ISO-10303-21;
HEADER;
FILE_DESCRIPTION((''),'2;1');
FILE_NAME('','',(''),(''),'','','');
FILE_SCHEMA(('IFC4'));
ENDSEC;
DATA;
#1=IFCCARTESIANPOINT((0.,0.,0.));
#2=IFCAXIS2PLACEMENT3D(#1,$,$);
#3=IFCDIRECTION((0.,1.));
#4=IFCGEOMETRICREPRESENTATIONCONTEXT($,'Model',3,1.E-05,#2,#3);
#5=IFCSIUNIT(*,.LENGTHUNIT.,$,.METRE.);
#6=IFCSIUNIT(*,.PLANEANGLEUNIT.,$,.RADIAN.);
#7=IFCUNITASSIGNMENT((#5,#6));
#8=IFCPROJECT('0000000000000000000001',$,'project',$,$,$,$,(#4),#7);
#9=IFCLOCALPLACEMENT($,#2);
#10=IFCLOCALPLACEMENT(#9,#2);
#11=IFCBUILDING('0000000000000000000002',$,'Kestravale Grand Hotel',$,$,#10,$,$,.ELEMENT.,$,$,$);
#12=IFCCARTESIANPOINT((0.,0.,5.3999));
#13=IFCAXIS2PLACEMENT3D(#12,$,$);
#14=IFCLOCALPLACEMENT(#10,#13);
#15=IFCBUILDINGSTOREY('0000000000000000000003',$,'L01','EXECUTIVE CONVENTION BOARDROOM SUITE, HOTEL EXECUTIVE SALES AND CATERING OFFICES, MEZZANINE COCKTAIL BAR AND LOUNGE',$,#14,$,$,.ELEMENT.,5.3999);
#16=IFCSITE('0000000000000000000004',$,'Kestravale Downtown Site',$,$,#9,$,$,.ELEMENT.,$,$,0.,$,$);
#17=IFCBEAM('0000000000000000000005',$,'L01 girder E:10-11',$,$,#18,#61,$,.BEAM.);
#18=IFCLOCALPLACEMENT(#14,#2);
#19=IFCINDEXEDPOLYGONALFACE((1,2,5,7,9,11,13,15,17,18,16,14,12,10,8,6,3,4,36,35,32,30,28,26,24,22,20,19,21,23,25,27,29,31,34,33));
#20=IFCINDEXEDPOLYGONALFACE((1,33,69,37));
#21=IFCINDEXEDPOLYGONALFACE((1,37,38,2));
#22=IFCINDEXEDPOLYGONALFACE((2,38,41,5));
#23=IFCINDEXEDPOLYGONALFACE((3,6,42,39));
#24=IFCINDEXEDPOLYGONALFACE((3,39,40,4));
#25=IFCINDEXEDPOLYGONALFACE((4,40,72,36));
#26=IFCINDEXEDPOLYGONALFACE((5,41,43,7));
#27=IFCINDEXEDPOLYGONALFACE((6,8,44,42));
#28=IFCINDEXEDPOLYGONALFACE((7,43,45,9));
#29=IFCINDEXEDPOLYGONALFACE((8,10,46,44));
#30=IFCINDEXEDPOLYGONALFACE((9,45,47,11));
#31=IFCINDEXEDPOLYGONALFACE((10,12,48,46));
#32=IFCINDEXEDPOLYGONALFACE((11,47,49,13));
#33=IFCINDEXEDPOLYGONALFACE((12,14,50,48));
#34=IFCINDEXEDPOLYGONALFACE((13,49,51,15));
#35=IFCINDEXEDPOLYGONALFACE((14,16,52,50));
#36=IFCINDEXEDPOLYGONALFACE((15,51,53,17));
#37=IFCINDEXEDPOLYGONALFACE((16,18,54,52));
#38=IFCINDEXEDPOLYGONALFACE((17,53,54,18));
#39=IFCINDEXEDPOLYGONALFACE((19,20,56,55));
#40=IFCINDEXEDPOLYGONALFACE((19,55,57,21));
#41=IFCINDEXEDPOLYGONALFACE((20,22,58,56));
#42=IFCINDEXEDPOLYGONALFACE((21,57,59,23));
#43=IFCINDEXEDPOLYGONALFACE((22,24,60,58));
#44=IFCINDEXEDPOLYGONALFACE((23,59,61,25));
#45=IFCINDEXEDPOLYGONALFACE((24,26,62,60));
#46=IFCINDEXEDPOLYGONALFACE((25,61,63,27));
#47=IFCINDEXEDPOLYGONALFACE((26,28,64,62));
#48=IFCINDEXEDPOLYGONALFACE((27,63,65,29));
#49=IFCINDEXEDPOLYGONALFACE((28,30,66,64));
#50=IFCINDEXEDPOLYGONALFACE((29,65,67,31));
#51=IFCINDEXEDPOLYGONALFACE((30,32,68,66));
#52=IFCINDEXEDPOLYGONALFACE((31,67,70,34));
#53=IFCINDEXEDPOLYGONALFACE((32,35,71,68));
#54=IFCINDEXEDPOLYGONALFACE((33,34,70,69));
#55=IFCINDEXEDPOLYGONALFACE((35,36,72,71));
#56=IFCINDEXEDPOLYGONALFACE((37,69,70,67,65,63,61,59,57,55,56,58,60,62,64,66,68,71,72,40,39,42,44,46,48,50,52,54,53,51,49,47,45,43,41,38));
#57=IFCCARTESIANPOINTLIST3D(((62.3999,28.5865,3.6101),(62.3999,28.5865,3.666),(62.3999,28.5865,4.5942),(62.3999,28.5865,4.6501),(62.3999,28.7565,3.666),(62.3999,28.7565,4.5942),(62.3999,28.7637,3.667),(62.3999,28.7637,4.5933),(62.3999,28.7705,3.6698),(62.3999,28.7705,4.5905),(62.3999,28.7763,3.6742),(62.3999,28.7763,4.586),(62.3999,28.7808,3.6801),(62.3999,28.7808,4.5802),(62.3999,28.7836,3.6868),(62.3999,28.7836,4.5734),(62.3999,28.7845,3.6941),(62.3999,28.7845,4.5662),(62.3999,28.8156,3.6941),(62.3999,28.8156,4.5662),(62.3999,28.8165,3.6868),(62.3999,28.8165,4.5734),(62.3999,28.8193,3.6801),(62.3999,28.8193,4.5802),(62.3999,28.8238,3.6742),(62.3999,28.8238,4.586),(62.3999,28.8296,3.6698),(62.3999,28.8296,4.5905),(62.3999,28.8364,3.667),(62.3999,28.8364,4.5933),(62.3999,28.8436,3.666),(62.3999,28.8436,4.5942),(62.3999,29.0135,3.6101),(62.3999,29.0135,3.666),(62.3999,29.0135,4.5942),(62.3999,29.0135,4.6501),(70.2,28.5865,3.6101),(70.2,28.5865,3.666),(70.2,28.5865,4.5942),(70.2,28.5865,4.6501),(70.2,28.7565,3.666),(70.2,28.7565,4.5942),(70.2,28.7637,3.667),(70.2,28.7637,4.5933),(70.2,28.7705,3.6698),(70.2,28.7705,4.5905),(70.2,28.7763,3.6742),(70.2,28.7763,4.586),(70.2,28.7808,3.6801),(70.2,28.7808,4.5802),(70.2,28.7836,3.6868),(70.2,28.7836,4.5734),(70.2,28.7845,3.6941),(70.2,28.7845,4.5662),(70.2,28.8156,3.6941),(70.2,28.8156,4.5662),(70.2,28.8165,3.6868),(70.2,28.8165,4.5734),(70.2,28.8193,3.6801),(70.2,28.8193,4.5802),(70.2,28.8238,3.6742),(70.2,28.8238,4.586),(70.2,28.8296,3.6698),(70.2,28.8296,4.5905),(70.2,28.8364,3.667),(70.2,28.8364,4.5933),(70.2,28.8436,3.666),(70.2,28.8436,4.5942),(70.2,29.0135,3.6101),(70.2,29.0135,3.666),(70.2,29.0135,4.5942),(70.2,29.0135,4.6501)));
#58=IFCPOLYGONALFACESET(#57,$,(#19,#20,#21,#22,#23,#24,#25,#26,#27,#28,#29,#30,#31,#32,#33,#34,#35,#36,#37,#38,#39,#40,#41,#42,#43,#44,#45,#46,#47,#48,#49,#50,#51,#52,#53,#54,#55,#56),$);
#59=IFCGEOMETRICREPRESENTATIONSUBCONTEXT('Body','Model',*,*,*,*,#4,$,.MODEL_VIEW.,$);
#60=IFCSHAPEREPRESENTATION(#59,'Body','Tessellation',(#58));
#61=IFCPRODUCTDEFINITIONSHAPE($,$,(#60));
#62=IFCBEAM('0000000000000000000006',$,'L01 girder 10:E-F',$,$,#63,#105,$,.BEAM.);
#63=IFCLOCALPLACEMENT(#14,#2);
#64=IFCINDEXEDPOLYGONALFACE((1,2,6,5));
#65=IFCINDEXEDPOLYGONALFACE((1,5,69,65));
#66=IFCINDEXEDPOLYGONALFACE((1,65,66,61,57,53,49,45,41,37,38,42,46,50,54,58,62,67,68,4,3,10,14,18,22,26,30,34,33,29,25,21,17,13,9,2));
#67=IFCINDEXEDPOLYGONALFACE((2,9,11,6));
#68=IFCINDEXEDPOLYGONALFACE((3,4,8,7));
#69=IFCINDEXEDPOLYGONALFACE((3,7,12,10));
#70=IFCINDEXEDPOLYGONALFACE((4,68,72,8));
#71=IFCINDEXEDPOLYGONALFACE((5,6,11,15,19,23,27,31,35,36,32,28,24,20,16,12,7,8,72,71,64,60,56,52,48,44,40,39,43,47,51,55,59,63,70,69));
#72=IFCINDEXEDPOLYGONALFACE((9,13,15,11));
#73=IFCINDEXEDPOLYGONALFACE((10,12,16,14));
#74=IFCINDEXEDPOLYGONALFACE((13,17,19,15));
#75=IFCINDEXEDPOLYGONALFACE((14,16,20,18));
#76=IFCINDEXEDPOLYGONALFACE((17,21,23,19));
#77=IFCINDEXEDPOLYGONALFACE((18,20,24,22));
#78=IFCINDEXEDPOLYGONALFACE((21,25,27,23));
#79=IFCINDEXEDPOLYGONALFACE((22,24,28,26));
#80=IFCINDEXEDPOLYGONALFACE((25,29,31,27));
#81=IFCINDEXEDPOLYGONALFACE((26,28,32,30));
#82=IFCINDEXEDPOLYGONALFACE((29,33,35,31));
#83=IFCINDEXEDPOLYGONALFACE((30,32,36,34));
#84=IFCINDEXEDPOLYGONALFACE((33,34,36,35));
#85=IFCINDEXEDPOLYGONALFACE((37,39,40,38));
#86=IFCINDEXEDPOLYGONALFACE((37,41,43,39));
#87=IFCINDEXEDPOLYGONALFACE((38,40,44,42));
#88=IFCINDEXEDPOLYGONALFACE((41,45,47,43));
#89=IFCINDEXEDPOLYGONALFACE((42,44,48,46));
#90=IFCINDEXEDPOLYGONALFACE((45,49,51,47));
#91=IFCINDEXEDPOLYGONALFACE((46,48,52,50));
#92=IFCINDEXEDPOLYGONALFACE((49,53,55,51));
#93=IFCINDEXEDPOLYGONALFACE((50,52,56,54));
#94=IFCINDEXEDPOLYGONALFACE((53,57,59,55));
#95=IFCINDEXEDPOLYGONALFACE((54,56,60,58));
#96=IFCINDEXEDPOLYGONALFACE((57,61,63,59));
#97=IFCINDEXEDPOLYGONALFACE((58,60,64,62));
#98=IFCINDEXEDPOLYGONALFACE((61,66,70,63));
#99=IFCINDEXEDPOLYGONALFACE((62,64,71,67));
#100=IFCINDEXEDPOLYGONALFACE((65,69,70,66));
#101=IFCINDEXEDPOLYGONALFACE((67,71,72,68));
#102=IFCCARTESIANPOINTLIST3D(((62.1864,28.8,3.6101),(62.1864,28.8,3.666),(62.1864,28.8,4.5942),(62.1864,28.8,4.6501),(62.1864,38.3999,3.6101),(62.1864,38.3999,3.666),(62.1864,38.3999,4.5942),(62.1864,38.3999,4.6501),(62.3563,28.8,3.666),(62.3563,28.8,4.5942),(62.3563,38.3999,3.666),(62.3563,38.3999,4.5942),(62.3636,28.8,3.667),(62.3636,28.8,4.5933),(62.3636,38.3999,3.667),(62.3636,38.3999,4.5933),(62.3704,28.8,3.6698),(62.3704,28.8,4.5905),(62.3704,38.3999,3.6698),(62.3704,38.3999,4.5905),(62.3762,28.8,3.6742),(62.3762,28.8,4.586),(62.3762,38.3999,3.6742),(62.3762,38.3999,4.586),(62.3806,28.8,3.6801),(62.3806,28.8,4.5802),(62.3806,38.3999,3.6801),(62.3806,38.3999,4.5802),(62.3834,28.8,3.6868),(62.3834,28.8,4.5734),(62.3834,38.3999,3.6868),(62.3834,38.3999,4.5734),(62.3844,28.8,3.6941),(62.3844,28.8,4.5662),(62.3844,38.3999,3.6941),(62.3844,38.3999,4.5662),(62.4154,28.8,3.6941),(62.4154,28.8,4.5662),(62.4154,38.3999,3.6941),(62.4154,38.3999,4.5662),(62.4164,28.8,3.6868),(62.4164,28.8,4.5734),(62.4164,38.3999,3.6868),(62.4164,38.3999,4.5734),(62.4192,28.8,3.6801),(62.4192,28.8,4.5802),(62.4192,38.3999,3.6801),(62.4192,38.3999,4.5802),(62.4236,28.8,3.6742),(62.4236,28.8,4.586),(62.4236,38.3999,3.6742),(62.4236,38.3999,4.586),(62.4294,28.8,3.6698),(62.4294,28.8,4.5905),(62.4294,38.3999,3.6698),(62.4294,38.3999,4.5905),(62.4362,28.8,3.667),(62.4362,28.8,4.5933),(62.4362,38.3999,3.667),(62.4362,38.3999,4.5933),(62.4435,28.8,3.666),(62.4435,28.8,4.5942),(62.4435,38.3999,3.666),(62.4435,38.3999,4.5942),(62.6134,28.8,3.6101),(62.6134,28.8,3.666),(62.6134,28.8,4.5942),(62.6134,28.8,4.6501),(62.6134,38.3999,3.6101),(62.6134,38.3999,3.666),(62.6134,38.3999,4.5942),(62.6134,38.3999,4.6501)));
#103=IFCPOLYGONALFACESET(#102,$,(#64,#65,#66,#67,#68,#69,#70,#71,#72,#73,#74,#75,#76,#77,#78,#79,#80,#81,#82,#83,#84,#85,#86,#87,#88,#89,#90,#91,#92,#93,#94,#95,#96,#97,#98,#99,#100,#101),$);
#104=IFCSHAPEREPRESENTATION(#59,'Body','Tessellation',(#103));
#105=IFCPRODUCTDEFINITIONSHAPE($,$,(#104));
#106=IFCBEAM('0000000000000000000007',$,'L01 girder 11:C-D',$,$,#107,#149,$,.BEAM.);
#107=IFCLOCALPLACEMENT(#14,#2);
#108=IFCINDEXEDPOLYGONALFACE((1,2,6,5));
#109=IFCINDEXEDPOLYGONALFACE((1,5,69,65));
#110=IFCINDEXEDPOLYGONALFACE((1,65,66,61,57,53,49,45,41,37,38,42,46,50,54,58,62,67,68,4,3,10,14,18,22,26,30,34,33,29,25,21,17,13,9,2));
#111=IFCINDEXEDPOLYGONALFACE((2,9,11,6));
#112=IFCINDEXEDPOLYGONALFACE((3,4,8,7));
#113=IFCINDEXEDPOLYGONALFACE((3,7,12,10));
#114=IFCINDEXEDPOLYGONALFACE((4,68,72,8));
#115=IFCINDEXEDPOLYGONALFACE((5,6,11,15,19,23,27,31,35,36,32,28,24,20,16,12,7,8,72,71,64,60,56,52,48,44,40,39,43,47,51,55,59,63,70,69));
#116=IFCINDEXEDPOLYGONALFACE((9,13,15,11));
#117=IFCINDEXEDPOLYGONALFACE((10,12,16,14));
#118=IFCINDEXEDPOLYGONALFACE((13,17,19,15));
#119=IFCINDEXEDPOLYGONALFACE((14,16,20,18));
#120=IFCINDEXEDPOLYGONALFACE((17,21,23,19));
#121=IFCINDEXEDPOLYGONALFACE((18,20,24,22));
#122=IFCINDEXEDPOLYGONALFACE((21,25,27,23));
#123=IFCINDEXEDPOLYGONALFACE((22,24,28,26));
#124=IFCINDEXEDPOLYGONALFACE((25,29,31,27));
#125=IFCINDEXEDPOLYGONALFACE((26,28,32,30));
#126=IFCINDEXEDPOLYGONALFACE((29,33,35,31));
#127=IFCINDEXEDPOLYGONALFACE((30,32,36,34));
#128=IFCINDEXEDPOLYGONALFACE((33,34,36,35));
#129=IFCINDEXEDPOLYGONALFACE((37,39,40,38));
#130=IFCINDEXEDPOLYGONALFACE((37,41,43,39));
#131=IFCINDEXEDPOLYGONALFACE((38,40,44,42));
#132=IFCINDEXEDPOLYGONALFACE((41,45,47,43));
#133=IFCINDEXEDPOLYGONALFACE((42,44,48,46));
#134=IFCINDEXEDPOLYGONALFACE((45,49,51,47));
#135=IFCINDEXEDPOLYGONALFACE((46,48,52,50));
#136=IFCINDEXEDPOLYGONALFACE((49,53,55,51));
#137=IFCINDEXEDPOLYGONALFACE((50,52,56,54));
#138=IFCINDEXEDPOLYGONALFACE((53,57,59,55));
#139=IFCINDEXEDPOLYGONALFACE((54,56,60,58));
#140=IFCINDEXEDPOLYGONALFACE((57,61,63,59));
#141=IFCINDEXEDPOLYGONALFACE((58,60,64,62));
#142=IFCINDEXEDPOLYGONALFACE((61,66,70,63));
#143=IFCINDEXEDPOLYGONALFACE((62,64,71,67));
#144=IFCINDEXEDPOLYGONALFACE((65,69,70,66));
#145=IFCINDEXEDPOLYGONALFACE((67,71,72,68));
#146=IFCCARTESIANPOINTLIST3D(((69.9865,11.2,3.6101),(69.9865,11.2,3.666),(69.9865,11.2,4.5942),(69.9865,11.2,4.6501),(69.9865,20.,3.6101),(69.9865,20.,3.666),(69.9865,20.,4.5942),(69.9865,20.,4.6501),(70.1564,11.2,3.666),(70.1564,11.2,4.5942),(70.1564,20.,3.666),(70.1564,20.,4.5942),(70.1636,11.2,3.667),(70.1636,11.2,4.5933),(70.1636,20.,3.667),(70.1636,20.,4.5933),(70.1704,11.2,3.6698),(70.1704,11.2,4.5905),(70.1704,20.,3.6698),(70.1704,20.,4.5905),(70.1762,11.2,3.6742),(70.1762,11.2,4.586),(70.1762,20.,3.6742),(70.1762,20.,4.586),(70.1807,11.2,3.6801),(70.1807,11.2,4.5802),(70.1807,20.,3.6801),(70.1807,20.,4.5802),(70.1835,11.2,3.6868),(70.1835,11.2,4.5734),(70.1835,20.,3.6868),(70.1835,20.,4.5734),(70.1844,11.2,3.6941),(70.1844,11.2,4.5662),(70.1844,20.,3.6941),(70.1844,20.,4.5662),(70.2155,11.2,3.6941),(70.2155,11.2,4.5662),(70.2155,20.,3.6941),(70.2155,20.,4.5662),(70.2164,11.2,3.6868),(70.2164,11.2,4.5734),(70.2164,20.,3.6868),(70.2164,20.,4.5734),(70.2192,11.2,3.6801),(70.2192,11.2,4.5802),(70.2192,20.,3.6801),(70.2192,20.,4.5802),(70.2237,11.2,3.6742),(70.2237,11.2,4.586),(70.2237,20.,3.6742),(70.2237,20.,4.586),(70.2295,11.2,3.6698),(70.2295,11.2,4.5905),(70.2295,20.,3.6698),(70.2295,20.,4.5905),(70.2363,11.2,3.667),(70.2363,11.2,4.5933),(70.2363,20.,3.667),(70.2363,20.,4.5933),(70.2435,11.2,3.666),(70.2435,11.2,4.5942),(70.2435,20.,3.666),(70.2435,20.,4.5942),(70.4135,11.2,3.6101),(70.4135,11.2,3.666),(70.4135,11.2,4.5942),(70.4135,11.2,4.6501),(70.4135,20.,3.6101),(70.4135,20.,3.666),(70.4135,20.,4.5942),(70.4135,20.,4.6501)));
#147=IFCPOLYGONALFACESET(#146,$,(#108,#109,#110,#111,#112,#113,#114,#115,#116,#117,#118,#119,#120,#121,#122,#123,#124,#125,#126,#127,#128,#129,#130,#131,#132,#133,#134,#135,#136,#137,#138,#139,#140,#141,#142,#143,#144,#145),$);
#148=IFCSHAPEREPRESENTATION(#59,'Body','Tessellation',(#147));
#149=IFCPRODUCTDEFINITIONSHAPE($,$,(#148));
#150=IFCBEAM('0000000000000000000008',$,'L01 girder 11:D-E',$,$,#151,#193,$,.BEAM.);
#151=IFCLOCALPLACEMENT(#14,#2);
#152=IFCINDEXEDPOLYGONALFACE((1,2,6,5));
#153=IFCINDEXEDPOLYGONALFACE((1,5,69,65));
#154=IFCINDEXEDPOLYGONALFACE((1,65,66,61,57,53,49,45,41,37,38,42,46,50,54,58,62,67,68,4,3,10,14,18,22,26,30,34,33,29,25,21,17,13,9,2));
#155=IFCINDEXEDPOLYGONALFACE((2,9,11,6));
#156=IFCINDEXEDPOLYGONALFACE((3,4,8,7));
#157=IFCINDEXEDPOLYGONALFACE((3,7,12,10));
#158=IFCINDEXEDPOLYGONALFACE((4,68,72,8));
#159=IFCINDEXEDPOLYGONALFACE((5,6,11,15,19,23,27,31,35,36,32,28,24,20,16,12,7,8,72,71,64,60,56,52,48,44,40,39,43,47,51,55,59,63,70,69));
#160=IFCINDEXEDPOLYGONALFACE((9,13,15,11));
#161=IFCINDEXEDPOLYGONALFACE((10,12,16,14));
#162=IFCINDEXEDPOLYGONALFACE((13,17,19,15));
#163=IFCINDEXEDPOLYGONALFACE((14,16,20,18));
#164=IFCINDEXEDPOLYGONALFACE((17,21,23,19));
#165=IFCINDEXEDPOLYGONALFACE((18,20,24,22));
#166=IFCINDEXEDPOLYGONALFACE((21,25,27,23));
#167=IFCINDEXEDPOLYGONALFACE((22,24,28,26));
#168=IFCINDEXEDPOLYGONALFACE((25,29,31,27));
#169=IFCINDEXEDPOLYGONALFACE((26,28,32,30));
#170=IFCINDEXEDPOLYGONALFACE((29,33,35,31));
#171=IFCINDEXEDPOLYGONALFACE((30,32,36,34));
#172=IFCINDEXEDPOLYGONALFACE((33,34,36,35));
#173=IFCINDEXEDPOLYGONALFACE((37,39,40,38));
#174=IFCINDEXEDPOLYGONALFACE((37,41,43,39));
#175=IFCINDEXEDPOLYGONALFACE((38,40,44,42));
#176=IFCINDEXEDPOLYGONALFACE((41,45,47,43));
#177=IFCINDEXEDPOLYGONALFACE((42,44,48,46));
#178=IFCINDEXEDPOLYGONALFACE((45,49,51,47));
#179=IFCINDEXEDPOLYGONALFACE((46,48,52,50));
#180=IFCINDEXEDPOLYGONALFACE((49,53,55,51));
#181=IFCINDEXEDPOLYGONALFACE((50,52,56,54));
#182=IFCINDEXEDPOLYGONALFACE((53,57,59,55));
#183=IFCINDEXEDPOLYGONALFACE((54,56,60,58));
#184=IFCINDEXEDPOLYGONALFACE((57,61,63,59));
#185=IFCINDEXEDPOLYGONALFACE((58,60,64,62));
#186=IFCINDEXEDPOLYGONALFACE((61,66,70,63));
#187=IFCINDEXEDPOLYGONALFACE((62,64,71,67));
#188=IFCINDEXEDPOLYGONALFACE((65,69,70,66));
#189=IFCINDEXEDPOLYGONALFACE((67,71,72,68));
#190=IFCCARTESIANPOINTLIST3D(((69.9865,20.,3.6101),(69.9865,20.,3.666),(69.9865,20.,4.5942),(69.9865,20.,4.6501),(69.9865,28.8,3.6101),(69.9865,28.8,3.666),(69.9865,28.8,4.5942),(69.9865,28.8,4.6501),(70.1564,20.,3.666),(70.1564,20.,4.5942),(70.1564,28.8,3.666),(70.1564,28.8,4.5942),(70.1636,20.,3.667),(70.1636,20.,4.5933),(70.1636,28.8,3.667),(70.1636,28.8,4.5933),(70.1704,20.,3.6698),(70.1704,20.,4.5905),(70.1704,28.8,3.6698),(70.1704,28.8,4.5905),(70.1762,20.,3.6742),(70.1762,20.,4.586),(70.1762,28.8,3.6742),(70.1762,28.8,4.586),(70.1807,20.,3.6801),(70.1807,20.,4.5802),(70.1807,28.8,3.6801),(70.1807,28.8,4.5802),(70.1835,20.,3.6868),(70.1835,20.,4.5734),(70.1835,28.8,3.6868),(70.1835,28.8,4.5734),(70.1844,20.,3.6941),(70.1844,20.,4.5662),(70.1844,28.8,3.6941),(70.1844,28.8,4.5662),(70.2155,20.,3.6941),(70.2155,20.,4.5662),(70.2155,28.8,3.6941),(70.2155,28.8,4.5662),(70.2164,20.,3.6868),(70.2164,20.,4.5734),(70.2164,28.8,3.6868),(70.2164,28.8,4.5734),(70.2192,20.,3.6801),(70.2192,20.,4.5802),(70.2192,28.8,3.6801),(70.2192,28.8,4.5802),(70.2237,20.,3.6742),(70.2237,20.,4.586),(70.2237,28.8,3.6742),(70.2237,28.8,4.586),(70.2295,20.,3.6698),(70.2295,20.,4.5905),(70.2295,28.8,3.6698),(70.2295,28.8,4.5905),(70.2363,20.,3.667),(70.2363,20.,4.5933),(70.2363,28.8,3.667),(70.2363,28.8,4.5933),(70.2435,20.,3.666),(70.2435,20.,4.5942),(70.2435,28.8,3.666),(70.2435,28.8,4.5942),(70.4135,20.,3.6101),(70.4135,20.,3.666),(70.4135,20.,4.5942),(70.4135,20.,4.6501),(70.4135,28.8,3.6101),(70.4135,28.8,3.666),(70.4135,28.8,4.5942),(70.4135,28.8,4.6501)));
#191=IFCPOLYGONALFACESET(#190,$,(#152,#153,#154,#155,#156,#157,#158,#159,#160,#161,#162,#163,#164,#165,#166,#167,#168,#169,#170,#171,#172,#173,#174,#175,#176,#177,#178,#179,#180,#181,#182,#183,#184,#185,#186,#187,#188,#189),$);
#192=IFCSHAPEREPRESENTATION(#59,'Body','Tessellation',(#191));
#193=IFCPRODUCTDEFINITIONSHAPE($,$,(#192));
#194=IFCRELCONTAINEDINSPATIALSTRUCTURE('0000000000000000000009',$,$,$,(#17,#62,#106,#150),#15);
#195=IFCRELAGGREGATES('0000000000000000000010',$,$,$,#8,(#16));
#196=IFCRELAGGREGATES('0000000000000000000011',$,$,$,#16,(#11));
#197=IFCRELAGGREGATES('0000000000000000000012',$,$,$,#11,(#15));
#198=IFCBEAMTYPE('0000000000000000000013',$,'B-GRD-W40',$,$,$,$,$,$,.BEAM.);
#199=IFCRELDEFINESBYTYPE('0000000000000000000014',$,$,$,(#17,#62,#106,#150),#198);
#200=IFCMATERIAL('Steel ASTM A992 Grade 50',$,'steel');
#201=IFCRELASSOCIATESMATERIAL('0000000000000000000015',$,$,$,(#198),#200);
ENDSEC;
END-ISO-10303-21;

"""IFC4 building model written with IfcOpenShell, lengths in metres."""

from ifc_helpers import new_model, si_unit, direction, frame, origin, origin_2d, place, context, subcontext, project, spatial, i_section, extrude, material, material_profile, profile_set, type_object, element, save


model = new_model("IFC4")

# Units and contexts
model_context = context("Model", 3, precision=1e-05, world=origin(), true_north=direction((0.0, 1.0)))
body_context = subcontext(model_context, "Body", "Model", "MODEL_VIEW")
ifc_project = project(units=[si_unit("LENGTHUNIT", "METRE"), si_unit("PLANEANGLEUNIT", "RADIAN")], contexts=[model_context])

# Site, building, storey
site_placement = place(None, origin())
site = spatial("IfcSite", under=ifc_project, at=site_placement, Name="Kestravale Downtown Site", CompositionType="ELEMENT", RefElevation=0.0)
building_placement = place(site_placement, origin())
building = spatial("IfcBuilding", under=site, at=building_placement, Name="Kestravale Grand Hotel", CompositionType="ELEMENT")
storey_placement = place(building_placement, frame((0.0, 0.0, 5.3999)))
storey = spatial("IfcBuildingStorey", under=building, at=storey_placement, Name="L01", Description="EXECUTIVE CONVENTION BOARDROOM SUITE, HOTEL EXECUTIVE SALES AND CATERING OFFICES, MEZZANINE COCKTAIL BAR AND LOUNGE", CompositionType="ELEMENT", Elevation=5.3999)

# Beams
ifc_material_1 = material(Name="Steel ASTM A992 Grade 50", Category="steel")
ifc_material_profile_1 = material_profile(ifc_material_1, i_section(OverallWidth=0.427, OverallDepth=1.04, WebThickness=0.031, FlangeThickness=0.0559, FilletRadius=0.0281, at=origin_2d()))
ifc_profile_set_1 = profile_set([ifc_material_profile_1], Name="Steel ASTM A992 Grade 50")
beam_type_1 = type_object("IfcBeamType", Name="B-GRD-W40", PredefinedType="BEAM", material=ifc_profile_set_1)
beam_1_placement = place(storey_placement, frame((62.3999, 28.8, 4.1301), z_axis=(1.0, 0.0, 0.0), x_axis=(0.0, 1.0, 0.0)))
element("IfcBeam", 1, at=beam_1_placement, inside=storey, type_object=beam_type_1, Name="L01 girder E:10-11", PredefinedType="BEAM", context=body_context, shape_type="SweptSolid", body=[
    extrude(i_section(OverallWidth=0.427, OverallDepth=1.04, WebThickness=0.031, FlangeThickness=0.0559, FilletRadius=0.0281, at=origin_2d()), origin(), (0.0, 0.0, 1.0), 7.8),
])
beam_2_placement = place(storey_placement, frame((62.3999, 28.8, 4.1301), z_axis=(0.0, 1.0, 0.0), x_axis=(-1.0, 0.0, 0.0)))
element("IfcBeam", 2, at=beam_2_placement, inside=storey, type_object=beam_type_1, Name="L01 girder 10:E-F", PredefinedType="BEAM", context=body_context, shape_type="SweptSolid", body=[
    extrude(i_section(OverallWidth=0.427, OverallDepth=1.04, WebThickness=0.031, FlangeThickness=0.0559, FilletRadius=0.0281, at=origin_2d()), origin(), (0.0, 0.0, 1.0), 9.5999),
])
for number, where, z_axis, x_axis, name in (
    (3, (70.2, 11.2, 4.1301), (0.0, 1.0, 0.0), (-1.0, 0.0, 0.0), "L01 girder 11:C-D"),
    (4, (70.2, 20.0, 4.1301), (0.0, 1.0, 0.0), (-1.0, 0.0, 0.0), "L01 girder 11:D-E"),
):
    element("IfcBeam", number, at=place(storey_placement, frame(where, z_axis=z_axis, x_axis=x_axis)), inside=storey, type_object=beam_type_1, Name=name, PredefinedType="BEAM", context=body_context, shape_type="SweptSolid", body=[
        extrude(i_section(OverallWidth=0.427, OverallDepth=1.04, WebThickness=0.031, FlangeThickness=0.0559, FilletRadius=0.0281, at=origin_2d()), origin(), (0.0, 0.0, 1.0), 8.8),
    ])

save(model, "model.ifc")
